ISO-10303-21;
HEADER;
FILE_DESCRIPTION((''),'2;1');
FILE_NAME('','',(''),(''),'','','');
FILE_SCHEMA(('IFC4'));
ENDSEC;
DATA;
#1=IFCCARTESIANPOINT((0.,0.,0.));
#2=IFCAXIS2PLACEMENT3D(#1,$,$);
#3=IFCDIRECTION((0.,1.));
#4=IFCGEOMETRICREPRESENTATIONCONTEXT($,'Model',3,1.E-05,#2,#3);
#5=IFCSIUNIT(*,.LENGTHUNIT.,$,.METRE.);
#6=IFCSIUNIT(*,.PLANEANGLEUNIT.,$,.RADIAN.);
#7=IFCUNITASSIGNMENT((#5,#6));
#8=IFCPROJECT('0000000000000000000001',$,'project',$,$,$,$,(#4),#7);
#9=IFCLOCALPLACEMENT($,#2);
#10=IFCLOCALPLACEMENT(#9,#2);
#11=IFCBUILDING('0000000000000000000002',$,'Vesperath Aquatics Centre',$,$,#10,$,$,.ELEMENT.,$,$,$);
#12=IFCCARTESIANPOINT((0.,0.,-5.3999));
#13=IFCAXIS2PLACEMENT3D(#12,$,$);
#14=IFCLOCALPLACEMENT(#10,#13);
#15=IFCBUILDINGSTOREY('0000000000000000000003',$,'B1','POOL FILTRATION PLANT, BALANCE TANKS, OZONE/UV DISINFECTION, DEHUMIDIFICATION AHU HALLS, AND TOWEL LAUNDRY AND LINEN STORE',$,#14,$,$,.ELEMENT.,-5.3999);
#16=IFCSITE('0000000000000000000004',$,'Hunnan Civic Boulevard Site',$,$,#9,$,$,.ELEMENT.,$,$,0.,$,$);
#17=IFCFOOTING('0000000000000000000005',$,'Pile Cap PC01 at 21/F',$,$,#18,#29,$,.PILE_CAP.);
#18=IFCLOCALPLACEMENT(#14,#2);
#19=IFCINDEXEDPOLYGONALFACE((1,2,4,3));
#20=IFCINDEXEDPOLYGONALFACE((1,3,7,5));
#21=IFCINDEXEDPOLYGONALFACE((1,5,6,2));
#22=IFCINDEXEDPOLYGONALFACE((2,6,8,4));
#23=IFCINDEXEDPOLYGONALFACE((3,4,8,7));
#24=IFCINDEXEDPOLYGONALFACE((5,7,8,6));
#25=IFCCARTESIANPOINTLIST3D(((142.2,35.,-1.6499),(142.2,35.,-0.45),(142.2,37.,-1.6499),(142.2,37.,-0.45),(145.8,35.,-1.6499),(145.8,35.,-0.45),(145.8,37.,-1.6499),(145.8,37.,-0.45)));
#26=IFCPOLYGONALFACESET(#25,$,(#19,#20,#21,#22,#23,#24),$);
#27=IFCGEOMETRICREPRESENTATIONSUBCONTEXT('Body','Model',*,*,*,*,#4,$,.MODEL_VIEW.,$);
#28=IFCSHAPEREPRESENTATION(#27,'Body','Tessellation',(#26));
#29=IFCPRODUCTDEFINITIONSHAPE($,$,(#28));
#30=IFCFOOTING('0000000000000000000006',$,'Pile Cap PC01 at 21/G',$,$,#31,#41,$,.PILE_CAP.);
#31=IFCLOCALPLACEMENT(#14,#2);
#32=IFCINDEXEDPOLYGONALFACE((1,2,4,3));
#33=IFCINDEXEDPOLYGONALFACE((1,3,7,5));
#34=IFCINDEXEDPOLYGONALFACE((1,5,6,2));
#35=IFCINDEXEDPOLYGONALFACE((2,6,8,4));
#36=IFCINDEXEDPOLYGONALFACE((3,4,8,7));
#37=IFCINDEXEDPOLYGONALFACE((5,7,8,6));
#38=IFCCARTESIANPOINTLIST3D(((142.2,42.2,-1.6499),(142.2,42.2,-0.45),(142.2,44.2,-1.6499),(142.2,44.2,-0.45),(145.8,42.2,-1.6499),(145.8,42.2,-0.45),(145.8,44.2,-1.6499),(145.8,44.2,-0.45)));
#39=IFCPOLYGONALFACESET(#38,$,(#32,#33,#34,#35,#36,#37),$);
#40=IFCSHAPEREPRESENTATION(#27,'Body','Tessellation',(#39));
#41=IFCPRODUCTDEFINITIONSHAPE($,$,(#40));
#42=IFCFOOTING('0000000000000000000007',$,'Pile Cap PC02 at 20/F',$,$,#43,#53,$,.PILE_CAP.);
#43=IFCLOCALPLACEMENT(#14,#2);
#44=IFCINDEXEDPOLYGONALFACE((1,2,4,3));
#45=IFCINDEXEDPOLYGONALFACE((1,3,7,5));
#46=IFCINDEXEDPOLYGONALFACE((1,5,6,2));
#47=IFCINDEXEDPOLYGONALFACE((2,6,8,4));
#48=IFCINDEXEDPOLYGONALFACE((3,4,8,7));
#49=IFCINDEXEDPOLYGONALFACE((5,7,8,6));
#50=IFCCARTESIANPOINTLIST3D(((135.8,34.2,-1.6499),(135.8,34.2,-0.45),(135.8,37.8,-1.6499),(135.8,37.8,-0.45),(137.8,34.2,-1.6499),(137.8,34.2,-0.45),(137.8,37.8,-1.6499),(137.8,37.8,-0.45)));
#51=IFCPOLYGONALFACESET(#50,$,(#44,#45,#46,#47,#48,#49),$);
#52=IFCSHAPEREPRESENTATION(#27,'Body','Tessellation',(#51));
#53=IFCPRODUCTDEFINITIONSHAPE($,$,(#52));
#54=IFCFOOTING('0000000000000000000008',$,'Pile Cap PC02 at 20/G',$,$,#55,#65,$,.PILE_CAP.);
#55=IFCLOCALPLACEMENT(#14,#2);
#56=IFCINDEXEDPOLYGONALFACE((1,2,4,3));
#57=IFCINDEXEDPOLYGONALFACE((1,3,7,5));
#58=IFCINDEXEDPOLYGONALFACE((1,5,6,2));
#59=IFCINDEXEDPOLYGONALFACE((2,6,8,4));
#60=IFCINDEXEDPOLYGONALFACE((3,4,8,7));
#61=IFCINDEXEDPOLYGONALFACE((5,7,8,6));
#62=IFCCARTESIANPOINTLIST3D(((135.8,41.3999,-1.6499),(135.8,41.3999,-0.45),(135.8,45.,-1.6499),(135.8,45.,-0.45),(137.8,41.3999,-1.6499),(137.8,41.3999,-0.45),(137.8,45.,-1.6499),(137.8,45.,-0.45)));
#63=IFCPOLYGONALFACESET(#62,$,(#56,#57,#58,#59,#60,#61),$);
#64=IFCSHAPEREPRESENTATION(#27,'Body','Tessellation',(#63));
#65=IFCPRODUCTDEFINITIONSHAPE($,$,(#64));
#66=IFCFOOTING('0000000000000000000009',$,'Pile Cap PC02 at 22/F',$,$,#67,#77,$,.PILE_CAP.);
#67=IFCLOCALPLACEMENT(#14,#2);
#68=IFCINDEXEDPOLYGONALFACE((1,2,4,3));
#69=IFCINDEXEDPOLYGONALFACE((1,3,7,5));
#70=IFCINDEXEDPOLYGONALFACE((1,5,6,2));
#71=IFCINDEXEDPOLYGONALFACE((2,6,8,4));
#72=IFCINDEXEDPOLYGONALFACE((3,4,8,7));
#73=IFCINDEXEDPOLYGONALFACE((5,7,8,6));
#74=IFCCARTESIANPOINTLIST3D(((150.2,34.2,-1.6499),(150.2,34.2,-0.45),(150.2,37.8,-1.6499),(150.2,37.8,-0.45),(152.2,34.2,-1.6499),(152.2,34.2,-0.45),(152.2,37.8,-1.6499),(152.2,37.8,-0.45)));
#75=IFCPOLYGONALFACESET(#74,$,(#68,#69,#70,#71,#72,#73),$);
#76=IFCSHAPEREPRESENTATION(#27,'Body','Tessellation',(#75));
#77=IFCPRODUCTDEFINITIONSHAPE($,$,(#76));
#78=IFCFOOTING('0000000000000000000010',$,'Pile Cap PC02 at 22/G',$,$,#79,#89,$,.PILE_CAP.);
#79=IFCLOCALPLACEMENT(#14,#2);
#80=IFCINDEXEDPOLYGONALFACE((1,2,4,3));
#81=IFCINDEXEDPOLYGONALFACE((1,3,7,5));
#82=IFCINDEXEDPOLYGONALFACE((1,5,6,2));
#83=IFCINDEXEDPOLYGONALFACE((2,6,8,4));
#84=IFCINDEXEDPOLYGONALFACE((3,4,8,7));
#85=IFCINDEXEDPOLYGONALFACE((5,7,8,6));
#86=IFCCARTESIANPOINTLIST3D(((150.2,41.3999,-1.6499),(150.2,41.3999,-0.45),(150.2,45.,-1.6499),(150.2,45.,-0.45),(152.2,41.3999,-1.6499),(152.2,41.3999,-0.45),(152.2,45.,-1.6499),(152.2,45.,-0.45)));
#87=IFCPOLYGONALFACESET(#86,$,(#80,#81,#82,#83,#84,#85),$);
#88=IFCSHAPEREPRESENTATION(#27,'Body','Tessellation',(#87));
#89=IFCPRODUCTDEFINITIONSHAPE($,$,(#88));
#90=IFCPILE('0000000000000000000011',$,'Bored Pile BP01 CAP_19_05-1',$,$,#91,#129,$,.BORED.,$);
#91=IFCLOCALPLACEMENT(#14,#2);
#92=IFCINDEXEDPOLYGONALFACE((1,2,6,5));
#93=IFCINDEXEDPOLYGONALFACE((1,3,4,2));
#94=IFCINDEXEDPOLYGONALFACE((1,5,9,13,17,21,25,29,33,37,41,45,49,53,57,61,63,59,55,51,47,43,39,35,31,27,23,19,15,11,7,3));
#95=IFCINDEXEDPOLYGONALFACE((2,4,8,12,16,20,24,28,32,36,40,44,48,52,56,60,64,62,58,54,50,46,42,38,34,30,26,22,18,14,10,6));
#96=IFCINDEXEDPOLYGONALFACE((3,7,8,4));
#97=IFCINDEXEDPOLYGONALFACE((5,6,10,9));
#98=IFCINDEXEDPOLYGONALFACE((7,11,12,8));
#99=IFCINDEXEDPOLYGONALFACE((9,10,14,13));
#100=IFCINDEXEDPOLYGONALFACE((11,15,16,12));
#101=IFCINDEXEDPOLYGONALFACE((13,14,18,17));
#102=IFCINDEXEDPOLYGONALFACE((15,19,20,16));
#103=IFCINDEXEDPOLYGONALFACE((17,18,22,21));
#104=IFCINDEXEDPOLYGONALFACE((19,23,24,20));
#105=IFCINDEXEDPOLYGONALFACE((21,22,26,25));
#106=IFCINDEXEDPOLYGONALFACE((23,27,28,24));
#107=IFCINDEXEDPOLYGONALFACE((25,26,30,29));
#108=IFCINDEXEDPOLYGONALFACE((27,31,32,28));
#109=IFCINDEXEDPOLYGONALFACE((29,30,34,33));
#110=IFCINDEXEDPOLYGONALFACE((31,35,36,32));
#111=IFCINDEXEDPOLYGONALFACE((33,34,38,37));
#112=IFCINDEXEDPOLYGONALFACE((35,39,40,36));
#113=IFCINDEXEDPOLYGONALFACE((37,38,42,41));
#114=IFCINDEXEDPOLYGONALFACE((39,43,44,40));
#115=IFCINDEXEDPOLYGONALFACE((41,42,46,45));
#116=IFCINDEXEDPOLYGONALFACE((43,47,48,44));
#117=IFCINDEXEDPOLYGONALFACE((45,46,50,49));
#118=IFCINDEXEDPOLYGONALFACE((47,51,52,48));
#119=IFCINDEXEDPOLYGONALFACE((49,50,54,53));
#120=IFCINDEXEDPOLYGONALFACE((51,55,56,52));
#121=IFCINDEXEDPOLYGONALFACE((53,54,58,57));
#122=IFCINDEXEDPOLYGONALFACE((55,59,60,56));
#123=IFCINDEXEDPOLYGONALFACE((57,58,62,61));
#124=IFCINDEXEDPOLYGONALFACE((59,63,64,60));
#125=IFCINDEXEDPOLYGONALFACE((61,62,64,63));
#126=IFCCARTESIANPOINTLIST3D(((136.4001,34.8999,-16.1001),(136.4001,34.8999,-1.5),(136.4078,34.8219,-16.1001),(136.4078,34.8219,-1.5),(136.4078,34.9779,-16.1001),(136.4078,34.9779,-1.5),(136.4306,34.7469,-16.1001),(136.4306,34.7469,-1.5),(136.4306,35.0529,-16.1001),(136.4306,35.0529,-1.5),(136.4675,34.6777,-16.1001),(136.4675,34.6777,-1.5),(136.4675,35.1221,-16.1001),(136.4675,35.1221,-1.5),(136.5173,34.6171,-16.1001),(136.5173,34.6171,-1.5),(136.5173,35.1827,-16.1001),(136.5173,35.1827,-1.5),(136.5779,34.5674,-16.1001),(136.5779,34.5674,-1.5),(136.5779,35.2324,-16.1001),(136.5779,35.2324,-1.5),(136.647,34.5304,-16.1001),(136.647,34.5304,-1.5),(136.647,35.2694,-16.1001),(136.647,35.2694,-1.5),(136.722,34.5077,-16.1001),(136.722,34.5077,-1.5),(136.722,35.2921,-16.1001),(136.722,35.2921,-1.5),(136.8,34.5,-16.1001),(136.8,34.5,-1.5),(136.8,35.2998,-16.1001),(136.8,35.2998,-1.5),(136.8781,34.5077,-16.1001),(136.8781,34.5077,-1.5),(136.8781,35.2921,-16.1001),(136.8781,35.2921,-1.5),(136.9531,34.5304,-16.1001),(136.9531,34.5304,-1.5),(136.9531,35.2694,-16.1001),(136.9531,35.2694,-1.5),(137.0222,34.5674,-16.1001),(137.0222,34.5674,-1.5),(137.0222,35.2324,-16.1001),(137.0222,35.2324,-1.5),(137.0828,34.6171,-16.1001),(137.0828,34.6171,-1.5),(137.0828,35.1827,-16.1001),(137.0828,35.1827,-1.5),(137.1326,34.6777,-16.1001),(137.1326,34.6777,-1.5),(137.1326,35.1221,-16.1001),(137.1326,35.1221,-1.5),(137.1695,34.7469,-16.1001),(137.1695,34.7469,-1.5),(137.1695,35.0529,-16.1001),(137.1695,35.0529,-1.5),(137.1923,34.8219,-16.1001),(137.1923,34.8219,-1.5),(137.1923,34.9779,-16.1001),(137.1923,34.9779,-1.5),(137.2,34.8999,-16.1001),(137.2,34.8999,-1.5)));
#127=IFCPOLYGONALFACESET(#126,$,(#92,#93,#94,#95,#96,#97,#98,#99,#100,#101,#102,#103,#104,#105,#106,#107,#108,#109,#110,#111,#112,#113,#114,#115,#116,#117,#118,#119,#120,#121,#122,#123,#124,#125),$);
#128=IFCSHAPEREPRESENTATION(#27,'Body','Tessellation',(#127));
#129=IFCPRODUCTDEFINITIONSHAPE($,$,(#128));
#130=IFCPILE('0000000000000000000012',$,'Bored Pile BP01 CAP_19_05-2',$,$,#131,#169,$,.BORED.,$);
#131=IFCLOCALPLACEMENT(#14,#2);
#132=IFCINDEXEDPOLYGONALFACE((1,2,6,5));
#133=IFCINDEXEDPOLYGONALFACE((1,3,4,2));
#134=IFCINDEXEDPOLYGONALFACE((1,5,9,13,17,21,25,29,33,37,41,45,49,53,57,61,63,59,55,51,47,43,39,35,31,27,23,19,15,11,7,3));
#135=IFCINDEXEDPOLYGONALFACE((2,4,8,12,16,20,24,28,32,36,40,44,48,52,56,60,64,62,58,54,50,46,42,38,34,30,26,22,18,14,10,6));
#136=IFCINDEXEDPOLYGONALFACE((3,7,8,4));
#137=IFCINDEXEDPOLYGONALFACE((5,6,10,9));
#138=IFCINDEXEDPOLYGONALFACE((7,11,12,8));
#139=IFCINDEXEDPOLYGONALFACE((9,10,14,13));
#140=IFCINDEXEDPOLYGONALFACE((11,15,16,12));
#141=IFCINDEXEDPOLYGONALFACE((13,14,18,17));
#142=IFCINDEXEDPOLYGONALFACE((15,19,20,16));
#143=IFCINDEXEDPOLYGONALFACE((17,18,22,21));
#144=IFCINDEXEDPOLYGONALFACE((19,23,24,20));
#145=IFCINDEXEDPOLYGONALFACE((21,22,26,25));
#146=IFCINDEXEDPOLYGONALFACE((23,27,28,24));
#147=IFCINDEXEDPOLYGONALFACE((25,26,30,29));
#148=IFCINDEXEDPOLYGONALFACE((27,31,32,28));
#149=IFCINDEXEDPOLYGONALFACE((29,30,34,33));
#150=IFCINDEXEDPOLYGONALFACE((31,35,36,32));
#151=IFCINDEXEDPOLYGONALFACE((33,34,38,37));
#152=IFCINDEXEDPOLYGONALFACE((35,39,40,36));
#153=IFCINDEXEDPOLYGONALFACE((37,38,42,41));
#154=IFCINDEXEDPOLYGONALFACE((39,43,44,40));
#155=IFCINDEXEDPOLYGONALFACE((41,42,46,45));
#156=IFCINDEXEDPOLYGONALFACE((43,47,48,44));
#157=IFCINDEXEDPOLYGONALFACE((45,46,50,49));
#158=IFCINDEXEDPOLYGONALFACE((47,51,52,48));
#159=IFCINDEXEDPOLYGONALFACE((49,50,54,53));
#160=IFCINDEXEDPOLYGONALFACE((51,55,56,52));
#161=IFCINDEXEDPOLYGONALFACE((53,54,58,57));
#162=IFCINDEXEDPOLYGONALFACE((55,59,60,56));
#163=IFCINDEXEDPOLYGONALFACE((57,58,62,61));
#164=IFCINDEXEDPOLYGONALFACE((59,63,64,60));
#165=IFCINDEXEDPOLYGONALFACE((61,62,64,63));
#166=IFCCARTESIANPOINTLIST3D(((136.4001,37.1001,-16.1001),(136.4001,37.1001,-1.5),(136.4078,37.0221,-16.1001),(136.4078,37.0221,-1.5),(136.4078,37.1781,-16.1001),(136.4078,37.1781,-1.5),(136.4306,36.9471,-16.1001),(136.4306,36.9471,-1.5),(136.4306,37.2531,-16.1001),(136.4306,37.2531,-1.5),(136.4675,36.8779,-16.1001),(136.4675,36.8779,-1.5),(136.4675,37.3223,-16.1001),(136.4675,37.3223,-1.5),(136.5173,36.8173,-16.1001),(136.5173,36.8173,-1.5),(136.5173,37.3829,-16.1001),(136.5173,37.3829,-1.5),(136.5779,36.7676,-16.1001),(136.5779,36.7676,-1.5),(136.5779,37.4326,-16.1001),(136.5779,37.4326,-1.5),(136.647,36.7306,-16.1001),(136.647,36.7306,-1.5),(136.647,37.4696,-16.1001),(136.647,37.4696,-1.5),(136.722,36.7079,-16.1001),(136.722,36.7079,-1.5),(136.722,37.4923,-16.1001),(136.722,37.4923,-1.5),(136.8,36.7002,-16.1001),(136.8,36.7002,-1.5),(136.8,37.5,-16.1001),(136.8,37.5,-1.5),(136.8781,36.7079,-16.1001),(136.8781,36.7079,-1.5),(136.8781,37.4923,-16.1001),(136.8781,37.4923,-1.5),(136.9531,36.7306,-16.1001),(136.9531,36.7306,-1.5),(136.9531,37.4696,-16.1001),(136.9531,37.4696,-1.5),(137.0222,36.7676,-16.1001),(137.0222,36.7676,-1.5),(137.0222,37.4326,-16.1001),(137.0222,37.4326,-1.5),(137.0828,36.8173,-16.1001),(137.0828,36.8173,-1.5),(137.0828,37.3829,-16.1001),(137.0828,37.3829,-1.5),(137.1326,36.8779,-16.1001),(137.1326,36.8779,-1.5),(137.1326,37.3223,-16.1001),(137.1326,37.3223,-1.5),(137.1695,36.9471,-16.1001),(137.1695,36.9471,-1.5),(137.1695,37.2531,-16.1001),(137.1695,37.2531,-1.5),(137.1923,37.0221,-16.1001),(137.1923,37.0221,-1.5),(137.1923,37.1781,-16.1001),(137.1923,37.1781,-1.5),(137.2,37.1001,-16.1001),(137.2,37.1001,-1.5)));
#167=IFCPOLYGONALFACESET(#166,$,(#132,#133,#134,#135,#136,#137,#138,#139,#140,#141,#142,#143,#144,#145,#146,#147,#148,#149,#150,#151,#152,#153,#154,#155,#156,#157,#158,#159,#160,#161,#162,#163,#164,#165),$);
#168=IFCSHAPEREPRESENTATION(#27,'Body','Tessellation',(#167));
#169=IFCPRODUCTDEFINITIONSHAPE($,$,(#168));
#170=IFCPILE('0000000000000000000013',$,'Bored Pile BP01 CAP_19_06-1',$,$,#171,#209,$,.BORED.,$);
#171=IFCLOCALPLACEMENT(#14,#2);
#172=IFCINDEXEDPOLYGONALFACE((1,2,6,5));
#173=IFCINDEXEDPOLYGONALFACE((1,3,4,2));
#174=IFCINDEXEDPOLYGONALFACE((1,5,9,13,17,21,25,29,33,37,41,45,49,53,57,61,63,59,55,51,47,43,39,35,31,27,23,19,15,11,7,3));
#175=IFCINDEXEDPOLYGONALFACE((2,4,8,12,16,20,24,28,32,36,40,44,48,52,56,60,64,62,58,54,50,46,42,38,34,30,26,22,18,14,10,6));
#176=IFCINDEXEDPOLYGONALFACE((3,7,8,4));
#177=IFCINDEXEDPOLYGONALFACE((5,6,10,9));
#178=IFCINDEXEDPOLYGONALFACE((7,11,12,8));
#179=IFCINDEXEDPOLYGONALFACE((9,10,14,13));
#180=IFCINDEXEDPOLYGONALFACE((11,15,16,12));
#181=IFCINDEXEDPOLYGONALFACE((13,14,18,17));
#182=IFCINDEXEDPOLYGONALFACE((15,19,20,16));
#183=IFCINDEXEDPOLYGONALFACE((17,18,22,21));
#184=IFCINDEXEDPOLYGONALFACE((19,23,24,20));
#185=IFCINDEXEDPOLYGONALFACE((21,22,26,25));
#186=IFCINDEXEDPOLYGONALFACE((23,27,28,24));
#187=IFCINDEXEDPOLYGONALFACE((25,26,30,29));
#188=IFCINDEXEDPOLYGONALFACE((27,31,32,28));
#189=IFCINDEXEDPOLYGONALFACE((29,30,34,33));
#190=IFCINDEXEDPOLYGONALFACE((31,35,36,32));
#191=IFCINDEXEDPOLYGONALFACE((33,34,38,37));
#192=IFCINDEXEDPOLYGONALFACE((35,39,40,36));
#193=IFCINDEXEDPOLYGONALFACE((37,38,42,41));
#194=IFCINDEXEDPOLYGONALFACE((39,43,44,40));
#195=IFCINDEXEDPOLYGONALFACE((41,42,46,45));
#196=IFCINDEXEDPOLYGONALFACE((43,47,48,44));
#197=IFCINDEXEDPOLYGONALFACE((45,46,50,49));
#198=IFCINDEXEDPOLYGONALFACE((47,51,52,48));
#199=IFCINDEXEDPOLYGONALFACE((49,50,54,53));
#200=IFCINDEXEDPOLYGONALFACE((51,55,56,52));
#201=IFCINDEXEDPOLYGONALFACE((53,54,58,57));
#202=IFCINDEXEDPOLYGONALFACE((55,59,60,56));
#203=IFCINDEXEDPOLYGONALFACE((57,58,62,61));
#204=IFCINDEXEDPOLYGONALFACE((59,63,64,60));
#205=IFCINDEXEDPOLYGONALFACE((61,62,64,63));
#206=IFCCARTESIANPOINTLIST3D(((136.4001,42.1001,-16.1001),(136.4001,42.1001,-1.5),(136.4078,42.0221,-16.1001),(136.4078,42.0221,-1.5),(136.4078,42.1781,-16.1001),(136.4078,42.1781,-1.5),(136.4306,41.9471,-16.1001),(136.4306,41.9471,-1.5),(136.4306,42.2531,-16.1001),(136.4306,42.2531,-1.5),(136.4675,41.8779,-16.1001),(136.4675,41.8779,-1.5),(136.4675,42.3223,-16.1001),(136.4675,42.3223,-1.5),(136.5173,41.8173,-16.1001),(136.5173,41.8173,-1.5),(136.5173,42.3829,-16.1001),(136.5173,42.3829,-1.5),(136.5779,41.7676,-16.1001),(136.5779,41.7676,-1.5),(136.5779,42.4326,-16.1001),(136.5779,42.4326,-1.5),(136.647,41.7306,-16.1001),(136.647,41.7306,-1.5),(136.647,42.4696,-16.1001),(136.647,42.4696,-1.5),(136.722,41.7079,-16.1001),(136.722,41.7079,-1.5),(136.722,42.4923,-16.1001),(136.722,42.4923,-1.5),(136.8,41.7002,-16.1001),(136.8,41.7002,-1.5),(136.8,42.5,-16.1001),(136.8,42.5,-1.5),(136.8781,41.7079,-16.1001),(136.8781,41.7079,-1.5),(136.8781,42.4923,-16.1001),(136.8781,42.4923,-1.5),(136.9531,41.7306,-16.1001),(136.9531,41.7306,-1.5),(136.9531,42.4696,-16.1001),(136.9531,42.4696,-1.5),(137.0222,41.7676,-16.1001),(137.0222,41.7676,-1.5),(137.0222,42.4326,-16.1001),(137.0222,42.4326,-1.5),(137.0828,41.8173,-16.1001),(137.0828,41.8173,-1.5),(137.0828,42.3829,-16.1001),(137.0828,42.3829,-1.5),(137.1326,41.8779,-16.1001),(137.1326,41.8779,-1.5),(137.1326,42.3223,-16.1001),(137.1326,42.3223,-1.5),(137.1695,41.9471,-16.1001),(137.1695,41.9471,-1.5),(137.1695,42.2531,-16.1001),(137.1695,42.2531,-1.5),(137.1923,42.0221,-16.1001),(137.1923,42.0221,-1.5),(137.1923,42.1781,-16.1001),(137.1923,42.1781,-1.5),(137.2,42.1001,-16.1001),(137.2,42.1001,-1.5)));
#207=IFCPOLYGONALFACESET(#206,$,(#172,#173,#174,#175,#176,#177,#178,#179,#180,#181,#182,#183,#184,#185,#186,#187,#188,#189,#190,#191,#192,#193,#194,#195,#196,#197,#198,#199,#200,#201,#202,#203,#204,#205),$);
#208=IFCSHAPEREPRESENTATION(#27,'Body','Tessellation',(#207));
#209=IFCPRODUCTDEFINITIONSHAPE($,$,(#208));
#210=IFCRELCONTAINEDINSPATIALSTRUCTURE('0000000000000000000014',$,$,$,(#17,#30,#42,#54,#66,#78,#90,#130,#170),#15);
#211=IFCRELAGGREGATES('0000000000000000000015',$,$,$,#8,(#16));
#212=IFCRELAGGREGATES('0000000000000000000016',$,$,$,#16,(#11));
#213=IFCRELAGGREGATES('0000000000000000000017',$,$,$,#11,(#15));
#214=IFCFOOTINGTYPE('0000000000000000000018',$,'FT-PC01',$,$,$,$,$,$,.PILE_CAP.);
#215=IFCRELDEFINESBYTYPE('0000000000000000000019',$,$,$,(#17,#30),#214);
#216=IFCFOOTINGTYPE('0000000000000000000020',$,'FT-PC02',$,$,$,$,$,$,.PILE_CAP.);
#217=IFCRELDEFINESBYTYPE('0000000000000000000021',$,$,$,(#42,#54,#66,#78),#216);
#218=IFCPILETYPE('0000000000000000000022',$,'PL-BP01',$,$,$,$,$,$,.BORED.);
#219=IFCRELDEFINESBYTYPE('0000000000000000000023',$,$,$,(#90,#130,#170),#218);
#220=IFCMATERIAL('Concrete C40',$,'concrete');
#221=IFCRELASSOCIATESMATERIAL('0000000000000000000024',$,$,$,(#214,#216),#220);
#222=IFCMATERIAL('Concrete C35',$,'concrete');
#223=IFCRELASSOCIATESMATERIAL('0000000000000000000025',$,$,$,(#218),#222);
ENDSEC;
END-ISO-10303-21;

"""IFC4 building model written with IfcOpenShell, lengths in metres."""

from ifc_helpers import new_model, si_unit, direction, frame, origin, origin_2d, place, context, subcontext, project, spatial, rectangle, circle, extrude, material, material_profile, profile_set, type_object, element, save


model = new_model("IFC4")

# Units and contexts
model_context = context("Model", 3, precision=1e-05, world=origin(), true_north=direction((0.0, 1.0)))
body_context = subcontext(model_context, "Body", "Model", "MODEL_VIEW")
ifc_project = project(units=[si_unit("LENGTHUNIT", "METRE"), si_unit("PLANEANGLEUNIT", "RADIAN")], contexts=[model_context])

# Site, building, storey
site_placement = place(None, origin())
site = spatial("IfcSite", under=ifc_project, at=site_placement, Name="Hunnan Civic Boulevard Site", CompositionType="ELEMENT", RefElevation=0.0)
building_placement = place(site_placement, origin())
building = spatial("IfcBuilding", under=site, at=building_placement, Name="Vesperath Aquatics Centre", CompositionType="ELEMENT")
storey_placement = place(building_placement, frame((0.0, 0.0, -5.3999)))
storey = spatial("IfcBuildingStorey", under=building, at=storey_placement, Name="B1", Description="POOL FILTRATION PLANT, BALANCE TANKS, OZONE/UV DISINFECTION, DEHUMIDIFICATION AHU HALLS, AND TOWEL LAUNDRY AND LINEN STORE", CompositionType="ELEMENT", Elevation=-5.3999)

# Footings
ifc_material_1 = material(Name="Concrete C40", Category="concrete")
footing_type_1 = type_object("IfcFootingType", Name="FT-PC01", PredefinedType="PILE_CAP", material=ifc_material_1)
for number, where, z_axis, x_axis, name in (
    (1, (144.0, 36.0, -1.6499), (0.0, 0.0, 1.0), (1.0, 0.0, 0.0), "Pile Cap PC01 at 21/F"),
    (2, (144.0, 43.2, -1.6499), (0.0, 0.0, 1.0), (1.0, 0.0, 0.0), "Pile Cap PC01 at 21/G"),
):
    element("IfcFooting", number, at=place(storey_placement, frame(where, z_axis=z_axis, x_axis=x_axis)), inside=storey, type_object=footing_type_1, Name=name, PredefinedType="PILE_CAP", context=body_context, shape_type="SweptSolid", body=[
        extrude(rectangle(XDim=3.6001, YDim=2.0, at=origin_2d()), origin(), (0.0, 0.0, 1.0), 1.2),
    ])
footing_type_2 = type_object("IfcFootingType", Name="FT-PC02", PredefinedType="PILE_CAP", material=ifc_material_1)
for number, where, z_axis, x_axis, name in (
    (3, (136.8, 36.0, -1.6499), (0.0, 0.0, 1.0), (1.0, 0.0, 0.0), "Pile Cap PC02 at 20/F"),
    (4, (136.8, 43.2, -1.6499), (0.0, 0.0, 1.0), (1.0, 0.0, 0.0), "Pile Cap PC02 at 20/G"),
    (5, (151.2, 36.0, -1.6499), (0.0, 0.0, 1.0), (1.0, 0.0, 0.0), "Pile Cap PC02 at 22/F"),
    (6, (151.2, 43.2, -1.6499), (0.0, 0.0, 1.0), (1.0, 0.0, 0.0), "Pile Cap PC02 at 22/G"),
):
    element("IfcFooting", number, at=place(storey_placement, frame(where, z_axis=z_axis, x_axis=x_axis)), inside=storey, type_object=footing_type_2, Name=name, PredefinedType="PILE_CAP", context=body_context, shape_type="SweptSolid", body=[
        extrude(rectangle(XDim=2.0, YDim=3.6001, at=origin_2d()), origin(), (0.0, 0.0, 1.0), 1.2),
    ])

# Piles
ifc_material_2 = material(Name="Concrete C35", Category="concrete")
ifc_material_profile_1 = material_profile(ifc_material_2, circle(Radius=0.3999, at=origin_2d()), Name="PILE D800")
ifc_profile_set_1 = profile_set([ifc_material_profile_1], Name="Concrete C35")
pile_type = type_object("IfcPileType", Name="PL-BP01", PredefinedType="BORED", material=ifc_profile_set_1)
for number, where, z_axis, x_axis, name in (
    (7, (136.8, 34.8999, -1.5), (0.0, 0.0, -1.0), (1.0, 0.0, 0.0), "Bored Pile BP01 CAP_19_05-1"),
    (8, (136.8, 37.1001, -1.5), (0.0, 0.0, -1.0), (1.0, 0.0, 0.0), "Bored Pile BP01 CAP_19_05-2"),
    (9, (136.8, 42.1001, -1.5), (0.0, 0.0, -1.0), (1.0, 0.0, 0.0), "Bored Pile BP01 CAP_19_06-1"),
):
    element("IfcPile", number, at=place(storey_placement, frame(where, z_axis=z_axis, x_axis=x_axis)), inside=storey, type_object=pile_type, Name=name, PredefinedType="BORED", context=body_context, shape_type="SweptSolid", body=[
        extrude(circle(Radius=0.3999, at=origin_2d()), origin(), (0.0, 0.0, 1.0), 14.6001),
    ])

save(model, "model.ifc")
